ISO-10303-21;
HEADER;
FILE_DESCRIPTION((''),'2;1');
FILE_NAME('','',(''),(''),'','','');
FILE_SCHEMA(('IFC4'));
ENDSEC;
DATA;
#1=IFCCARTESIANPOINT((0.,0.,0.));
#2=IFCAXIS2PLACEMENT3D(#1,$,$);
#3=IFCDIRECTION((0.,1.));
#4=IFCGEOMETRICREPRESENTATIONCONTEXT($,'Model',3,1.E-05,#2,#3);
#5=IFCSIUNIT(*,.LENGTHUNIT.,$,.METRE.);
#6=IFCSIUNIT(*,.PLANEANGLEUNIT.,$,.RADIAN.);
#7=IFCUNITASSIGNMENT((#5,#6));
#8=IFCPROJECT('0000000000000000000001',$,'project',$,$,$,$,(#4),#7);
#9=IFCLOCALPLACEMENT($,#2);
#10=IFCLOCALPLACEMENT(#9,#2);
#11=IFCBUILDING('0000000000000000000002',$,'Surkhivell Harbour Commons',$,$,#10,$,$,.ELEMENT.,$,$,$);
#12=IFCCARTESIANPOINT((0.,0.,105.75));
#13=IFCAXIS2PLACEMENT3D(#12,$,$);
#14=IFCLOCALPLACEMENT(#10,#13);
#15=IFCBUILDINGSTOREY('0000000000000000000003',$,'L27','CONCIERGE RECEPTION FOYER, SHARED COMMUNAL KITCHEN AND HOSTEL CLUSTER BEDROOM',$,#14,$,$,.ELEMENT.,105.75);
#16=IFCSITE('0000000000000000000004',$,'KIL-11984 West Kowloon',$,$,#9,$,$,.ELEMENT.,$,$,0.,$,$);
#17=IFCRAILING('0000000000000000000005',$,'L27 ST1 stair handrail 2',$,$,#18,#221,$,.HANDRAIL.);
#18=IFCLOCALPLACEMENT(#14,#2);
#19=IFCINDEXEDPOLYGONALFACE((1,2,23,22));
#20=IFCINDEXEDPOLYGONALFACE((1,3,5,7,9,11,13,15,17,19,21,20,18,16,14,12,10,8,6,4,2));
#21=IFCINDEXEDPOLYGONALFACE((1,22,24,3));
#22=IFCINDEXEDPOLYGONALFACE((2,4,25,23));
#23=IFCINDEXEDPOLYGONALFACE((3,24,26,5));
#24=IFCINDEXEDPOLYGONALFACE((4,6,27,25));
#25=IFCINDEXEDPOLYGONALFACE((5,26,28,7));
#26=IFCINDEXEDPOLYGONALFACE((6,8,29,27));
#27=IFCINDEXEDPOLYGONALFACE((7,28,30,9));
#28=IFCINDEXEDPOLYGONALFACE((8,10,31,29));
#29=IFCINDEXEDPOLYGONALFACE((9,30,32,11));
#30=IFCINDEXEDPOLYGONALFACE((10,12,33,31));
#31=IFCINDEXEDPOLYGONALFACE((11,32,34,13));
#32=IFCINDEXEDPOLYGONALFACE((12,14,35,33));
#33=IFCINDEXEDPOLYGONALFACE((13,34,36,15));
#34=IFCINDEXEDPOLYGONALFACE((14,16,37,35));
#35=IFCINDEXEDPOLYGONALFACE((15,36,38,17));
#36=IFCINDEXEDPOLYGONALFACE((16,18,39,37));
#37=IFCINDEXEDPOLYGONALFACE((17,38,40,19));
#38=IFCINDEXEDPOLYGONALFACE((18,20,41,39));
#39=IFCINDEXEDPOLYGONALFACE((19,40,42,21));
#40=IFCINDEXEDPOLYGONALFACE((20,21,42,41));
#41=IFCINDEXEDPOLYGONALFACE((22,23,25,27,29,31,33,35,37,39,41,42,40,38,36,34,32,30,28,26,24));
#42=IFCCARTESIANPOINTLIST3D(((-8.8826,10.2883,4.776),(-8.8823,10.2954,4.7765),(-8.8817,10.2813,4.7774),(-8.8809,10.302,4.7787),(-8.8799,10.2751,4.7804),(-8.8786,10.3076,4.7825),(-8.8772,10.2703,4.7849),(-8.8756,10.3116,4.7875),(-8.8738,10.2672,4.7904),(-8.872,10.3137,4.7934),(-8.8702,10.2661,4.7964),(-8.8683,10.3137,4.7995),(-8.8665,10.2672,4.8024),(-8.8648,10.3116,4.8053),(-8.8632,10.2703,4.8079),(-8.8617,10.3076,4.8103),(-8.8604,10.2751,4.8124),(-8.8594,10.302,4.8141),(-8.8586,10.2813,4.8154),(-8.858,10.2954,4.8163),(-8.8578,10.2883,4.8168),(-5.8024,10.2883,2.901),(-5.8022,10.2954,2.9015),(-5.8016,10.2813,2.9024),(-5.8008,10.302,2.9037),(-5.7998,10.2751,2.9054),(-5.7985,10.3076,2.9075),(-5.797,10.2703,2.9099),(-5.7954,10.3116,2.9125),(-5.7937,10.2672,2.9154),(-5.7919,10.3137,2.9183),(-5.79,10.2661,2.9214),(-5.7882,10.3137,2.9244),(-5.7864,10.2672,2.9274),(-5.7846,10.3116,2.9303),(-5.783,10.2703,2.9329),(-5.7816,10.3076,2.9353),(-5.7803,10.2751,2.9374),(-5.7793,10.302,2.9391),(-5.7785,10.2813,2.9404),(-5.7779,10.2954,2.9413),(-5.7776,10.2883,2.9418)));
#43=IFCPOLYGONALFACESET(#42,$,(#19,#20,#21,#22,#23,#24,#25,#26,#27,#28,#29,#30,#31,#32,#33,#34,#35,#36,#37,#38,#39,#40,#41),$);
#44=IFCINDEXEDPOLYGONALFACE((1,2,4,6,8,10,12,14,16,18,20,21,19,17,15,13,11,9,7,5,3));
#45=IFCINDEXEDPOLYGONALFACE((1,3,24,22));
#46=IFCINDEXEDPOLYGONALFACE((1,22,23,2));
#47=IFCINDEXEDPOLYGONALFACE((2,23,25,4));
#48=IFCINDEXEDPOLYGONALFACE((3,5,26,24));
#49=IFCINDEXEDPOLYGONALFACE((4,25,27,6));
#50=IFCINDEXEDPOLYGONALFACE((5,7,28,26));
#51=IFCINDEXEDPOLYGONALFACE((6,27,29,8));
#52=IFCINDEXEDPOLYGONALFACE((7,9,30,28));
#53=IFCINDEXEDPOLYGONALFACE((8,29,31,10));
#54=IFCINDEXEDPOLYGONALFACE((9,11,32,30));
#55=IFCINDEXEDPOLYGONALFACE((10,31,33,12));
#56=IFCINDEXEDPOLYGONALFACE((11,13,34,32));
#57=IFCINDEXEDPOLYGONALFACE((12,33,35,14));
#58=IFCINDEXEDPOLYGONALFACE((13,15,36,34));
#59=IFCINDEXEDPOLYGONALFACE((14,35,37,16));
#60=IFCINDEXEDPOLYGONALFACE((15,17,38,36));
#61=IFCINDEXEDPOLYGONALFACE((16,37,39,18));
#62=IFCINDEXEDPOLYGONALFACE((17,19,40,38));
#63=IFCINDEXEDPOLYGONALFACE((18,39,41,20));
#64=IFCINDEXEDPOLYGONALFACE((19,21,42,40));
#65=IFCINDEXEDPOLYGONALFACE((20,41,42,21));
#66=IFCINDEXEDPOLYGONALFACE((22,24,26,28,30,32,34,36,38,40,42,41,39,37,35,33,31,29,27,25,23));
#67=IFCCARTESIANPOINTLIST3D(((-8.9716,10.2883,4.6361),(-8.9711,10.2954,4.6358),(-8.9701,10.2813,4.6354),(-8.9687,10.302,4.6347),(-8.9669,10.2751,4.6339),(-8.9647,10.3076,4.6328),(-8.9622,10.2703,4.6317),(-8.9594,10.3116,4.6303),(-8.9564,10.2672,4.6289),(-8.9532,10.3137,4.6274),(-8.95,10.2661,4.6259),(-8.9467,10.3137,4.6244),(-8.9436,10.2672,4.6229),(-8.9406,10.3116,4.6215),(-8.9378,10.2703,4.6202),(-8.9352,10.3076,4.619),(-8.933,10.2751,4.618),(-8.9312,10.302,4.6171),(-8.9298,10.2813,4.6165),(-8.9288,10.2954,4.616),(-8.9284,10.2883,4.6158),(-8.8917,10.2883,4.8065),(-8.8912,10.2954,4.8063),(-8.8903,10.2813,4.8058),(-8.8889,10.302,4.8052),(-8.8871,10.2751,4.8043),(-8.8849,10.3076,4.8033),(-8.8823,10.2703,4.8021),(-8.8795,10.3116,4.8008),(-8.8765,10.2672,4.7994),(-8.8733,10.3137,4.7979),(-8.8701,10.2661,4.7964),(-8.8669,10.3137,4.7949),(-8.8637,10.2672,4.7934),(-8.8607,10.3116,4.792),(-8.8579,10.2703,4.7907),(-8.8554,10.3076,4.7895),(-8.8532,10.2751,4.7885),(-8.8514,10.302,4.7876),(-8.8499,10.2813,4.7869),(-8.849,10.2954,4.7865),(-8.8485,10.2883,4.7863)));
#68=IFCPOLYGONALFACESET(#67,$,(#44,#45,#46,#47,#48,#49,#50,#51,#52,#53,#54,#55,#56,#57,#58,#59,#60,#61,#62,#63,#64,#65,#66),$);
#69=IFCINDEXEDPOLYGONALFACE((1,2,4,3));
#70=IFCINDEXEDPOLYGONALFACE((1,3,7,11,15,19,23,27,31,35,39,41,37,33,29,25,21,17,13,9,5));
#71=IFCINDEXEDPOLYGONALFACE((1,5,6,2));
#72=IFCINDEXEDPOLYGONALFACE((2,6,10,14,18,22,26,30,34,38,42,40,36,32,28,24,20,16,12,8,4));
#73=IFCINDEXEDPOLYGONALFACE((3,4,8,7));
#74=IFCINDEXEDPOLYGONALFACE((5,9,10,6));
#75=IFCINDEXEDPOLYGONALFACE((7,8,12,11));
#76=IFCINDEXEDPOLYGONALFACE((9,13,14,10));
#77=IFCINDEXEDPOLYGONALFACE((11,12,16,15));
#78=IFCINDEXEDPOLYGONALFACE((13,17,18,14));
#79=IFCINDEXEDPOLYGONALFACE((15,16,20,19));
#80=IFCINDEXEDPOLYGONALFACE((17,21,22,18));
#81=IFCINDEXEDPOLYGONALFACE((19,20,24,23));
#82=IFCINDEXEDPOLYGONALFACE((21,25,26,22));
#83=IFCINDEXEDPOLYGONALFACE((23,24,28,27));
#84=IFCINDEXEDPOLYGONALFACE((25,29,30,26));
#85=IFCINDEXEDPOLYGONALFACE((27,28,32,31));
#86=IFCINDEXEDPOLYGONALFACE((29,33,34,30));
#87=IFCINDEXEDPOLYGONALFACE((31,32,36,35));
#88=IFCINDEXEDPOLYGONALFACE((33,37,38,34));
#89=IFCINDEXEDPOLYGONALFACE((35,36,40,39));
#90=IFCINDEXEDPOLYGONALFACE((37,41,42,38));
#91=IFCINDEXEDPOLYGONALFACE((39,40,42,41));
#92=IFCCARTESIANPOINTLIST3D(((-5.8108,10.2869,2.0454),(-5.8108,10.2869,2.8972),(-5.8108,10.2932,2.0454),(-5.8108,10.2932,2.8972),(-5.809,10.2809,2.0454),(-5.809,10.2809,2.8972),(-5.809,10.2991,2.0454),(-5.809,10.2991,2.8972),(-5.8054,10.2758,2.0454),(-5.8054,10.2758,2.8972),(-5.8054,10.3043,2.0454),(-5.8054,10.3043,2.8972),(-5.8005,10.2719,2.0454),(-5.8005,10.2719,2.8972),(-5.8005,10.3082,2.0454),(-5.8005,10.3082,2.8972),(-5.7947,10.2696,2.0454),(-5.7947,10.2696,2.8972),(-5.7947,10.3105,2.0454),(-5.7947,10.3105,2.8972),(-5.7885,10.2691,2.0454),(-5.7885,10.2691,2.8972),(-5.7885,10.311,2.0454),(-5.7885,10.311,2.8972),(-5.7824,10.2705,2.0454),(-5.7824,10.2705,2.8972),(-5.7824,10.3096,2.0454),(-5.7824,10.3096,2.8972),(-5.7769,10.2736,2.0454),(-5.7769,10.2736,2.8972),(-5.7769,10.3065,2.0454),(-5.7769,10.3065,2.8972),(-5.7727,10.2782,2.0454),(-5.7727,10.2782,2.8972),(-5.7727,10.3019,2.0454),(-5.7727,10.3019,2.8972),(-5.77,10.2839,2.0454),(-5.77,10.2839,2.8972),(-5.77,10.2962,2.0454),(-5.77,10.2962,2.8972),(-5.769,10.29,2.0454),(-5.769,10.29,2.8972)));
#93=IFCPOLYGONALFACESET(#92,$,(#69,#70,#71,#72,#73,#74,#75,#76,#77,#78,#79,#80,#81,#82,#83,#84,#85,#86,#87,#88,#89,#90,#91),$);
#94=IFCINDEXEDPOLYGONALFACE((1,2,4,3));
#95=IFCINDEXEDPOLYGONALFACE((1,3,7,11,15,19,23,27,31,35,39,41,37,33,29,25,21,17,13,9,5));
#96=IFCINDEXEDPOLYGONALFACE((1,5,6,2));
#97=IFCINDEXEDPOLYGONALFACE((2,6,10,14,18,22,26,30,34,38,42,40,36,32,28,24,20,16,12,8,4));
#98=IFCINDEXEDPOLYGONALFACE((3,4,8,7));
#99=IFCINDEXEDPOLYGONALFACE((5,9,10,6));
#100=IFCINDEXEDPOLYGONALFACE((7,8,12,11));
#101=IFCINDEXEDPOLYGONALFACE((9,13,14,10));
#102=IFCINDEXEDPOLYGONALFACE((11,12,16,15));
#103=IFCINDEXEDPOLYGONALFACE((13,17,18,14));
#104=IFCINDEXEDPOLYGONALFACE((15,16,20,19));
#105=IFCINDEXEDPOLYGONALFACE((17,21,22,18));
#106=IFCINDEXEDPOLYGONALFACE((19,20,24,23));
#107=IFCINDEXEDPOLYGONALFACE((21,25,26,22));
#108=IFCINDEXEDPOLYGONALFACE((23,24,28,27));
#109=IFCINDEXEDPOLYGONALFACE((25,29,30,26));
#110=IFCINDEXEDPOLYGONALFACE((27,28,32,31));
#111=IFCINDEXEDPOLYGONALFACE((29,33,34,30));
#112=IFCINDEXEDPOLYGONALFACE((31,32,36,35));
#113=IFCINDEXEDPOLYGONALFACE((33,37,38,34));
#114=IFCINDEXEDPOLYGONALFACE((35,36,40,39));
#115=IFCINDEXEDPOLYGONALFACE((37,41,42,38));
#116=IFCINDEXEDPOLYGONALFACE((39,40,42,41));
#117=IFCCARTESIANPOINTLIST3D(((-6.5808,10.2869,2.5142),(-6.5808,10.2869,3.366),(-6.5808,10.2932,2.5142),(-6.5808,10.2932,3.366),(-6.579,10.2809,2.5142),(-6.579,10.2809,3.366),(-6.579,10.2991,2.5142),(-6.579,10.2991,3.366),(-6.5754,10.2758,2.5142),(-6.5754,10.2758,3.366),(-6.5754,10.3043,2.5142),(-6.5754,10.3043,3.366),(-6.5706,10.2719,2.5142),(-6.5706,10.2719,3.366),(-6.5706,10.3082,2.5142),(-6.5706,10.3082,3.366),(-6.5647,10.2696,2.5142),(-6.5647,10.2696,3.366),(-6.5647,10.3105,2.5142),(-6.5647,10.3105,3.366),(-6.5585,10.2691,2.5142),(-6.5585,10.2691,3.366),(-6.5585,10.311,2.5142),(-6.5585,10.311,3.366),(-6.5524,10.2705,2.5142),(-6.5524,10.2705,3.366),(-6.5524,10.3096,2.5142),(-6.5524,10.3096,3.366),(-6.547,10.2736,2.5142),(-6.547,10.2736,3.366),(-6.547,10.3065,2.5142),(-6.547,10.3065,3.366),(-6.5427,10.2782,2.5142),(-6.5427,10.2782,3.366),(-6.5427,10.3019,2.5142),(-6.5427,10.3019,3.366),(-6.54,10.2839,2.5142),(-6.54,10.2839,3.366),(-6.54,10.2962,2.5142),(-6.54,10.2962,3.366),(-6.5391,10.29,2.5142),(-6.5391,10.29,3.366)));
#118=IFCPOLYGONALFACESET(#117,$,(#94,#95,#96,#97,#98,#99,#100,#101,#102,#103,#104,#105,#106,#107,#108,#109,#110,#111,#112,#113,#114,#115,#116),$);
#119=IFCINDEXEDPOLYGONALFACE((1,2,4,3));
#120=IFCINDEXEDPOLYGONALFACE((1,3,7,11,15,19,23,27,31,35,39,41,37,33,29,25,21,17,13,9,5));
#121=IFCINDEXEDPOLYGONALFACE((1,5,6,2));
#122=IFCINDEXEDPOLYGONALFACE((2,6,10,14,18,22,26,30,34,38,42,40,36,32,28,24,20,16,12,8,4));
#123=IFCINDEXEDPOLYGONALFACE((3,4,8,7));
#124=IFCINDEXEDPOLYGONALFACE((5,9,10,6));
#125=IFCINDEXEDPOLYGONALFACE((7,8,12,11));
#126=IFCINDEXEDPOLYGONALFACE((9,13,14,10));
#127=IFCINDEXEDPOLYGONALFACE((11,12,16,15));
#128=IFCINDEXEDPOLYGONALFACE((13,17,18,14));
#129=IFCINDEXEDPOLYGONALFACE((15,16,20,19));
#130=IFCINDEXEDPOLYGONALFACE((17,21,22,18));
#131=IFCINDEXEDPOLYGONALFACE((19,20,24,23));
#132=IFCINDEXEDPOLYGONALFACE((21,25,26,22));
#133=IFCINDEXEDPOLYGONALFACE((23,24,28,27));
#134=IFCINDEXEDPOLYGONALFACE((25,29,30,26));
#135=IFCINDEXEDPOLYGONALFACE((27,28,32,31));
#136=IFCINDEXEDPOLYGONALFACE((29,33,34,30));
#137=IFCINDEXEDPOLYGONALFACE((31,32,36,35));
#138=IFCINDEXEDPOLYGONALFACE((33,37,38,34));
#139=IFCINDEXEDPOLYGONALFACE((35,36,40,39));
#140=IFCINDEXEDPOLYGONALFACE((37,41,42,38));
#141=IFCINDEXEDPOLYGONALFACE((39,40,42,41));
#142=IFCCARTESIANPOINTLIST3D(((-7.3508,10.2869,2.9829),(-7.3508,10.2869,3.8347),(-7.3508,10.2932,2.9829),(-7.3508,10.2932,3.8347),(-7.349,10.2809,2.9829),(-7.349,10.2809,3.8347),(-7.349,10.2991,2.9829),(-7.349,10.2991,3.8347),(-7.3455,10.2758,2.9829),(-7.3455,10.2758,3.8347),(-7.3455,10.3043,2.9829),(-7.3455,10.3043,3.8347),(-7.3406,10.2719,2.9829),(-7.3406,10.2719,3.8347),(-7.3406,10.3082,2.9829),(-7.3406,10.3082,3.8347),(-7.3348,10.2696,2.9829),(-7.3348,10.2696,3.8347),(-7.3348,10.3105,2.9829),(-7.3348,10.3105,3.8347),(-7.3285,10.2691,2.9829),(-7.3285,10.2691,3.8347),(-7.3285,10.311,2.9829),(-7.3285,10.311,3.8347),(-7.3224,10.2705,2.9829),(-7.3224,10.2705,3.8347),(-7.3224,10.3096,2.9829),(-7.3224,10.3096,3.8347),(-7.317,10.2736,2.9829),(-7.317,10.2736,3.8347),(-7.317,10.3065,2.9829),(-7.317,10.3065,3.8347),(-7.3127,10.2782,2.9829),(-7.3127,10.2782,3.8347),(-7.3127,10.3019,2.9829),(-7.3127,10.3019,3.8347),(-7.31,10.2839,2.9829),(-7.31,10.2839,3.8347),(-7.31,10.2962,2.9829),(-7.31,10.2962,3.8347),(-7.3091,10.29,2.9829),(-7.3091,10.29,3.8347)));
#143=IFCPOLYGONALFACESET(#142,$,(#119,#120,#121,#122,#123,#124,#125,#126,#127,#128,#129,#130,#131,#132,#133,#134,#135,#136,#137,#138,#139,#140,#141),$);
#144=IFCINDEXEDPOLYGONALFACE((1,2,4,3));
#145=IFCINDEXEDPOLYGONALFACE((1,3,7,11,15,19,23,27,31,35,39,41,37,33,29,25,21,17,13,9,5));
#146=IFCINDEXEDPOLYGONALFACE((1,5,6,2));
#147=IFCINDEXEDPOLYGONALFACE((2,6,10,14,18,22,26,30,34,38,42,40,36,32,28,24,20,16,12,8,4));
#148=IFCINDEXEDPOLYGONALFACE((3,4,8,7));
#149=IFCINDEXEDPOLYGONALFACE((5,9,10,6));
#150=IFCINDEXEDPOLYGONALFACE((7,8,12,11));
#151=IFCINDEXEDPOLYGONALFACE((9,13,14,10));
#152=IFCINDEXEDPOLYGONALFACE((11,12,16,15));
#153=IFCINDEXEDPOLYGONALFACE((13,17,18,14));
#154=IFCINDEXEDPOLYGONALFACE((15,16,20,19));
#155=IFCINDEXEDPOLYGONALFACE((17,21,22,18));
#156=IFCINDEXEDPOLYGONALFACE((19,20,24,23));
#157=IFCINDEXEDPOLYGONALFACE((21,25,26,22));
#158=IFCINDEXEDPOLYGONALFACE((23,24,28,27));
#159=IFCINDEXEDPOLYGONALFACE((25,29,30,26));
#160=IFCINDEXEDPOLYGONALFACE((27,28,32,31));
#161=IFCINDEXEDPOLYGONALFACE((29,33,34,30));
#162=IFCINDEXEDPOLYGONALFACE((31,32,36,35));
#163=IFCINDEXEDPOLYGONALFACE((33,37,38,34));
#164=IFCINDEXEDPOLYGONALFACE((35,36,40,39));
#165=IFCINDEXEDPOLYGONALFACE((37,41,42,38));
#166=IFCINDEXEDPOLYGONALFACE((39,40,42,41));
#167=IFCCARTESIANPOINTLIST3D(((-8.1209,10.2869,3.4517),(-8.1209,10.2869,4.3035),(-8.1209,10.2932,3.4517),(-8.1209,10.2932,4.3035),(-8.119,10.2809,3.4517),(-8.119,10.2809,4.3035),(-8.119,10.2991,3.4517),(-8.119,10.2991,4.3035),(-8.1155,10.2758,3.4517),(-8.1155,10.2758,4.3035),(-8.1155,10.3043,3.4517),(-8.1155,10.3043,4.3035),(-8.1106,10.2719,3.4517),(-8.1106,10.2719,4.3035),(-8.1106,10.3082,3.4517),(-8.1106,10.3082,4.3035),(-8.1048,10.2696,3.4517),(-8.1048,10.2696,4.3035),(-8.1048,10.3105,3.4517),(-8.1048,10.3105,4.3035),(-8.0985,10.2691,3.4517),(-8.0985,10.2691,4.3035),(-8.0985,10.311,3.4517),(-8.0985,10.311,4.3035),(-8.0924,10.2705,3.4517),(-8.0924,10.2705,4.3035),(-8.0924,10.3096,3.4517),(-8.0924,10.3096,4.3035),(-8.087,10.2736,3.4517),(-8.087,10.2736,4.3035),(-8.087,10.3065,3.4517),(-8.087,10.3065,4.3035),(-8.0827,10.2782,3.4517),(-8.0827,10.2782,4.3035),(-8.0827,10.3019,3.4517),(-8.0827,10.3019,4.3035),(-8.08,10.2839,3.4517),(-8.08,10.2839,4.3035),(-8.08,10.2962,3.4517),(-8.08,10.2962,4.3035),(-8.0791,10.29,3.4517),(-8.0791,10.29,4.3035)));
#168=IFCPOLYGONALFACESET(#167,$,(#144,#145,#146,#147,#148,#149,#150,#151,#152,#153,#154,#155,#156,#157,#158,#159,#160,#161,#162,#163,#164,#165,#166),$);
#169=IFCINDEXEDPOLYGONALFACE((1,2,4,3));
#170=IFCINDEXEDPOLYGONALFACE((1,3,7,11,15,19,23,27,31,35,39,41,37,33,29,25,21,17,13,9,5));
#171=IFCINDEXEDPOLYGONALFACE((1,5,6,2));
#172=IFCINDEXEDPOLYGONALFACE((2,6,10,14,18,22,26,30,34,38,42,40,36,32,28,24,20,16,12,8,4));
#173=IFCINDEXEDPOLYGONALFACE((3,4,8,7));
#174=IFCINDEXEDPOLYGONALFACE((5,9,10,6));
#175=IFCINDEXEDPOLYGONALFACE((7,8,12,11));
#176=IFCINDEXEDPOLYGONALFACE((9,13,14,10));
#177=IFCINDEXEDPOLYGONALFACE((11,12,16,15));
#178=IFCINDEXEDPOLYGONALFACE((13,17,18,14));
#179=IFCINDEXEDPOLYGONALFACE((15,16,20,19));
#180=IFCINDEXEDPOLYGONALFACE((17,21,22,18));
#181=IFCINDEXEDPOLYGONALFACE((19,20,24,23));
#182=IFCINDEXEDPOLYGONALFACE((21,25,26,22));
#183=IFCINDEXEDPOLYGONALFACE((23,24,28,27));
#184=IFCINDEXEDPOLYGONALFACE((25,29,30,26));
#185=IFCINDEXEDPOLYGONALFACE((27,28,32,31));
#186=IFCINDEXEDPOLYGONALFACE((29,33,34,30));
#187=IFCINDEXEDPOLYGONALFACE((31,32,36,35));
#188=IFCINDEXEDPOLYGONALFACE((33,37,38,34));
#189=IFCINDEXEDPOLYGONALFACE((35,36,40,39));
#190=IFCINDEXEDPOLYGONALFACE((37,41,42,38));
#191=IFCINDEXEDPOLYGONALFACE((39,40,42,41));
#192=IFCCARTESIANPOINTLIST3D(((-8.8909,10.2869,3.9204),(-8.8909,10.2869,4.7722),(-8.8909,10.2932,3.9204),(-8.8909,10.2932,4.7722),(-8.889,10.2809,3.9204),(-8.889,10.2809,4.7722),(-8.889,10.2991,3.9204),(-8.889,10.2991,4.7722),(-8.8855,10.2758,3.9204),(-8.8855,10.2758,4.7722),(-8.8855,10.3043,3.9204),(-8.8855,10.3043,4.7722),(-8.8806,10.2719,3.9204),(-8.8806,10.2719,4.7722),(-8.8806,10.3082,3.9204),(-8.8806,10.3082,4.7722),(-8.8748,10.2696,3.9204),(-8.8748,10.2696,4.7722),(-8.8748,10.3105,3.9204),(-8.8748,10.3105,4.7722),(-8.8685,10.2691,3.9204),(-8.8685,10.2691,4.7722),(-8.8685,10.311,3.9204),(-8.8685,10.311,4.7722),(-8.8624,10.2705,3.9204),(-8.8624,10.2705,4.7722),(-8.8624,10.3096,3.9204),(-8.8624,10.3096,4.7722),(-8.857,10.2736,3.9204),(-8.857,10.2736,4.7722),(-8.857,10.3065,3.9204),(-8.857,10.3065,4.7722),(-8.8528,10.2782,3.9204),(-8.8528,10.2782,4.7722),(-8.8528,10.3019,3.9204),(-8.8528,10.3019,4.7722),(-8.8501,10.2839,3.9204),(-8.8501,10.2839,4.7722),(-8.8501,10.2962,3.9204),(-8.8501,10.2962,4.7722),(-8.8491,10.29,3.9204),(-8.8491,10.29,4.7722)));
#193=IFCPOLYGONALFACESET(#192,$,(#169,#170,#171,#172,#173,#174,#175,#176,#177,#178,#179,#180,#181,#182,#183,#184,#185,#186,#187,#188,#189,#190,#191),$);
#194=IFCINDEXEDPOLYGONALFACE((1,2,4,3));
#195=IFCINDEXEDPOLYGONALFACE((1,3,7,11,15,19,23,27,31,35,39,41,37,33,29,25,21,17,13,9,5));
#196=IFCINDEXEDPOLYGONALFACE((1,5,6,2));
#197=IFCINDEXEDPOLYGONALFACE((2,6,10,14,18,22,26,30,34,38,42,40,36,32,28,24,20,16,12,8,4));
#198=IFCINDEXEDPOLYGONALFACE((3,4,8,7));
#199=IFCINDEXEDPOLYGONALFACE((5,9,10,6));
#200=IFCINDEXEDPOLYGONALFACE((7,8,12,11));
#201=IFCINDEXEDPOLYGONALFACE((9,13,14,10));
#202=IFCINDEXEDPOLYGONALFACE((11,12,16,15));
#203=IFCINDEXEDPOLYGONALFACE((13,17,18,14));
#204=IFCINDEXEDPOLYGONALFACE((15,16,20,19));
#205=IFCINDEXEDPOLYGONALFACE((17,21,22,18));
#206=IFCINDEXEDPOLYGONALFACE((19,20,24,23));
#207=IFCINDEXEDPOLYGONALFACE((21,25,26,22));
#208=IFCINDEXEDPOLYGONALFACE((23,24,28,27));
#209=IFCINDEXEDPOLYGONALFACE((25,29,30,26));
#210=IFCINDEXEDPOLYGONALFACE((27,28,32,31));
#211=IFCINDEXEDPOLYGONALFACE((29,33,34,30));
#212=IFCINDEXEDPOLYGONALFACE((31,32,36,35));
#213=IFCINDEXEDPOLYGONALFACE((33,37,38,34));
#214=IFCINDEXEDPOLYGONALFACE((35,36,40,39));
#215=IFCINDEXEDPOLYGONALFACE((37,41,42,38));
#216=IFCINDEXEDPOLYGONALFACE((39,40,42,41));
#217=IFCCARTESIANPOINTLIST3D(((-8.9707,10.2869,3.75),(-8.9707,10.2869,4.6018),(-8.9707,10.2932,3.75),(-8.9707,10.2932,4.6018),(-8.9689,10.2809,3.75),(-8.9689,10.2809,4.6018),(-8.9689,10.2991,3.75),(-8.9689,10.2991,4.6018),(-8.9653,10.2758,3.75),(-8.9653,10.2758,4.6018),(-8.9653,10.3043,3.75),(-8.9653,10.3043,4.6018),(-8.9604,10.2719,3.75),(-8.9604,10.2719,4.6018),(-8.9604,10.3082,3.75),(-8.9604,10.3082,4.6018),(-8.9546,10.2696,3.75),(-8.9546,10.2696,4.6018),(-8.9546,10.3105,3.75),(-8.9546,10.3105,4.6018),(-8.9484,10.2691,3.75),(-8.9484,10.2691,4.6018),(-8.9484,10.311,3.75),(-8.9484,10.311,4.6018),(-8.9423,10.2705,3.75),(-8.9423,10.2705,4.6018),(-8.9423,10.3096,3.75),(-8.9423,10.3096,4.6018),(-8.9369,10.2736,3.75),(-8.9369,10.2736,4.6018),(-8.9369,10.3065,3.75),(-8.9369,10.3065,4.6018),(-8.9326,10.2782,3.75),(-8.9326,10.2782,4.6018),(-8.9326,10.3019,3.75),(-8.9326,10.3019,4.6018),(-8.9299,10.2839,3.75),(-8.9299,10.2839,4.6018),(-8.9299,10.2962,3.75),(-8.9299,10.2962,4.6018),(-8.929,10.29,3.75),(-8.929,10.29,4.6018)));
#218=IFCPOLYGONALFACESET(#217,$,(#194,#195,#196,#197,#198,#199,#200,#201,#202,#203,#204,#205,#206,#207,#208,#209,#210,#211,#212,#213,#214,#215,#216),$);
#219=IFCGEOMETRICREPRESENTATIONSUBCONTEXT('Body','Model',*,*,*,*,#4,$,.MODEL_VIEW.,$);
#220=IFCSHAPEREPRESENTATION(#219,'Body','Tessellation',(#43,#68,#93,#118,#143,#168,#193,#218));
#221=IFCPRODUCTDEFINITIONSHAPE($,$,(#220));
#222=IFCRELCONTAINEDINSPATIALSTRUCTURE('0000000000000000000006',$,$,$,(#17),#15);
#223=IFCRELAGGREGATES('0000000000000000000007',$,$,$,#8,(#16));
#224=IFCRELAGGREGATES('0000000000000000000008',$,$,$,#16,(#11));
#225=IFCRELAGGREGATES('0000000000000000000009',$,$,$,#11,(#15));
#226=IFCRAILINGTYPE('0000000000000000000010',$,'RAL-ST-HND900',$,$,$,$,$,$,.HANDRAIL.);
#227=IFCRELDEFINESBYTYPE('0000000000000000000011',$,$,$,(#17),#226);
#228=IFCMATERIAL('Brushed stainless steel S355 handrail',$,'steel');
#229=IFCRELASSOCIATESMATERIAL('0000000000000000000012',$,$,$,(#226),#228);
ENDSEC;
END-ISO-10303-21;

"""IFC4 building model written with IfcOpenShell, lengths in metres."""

from ifc_helpers import new_model, si_unit, direction, frame, origin, origin_2d, place, context, subcontext, project, spatial, circle, extrude, material, type_object, element, save


model = new_model("IFC4")

# Units and contexts
model_context = context("Model", 3, precision=1e-05, world=origin(), true_north=direction((0.0, 1.0)))
body_context = subcontext(model_context, "Body", "Model", "MODEL_VIEW")
ifc_project = project(units=[si_unit("LENGTHUNIT", "METRE"), si_unit("PLANEANGLEUNIT", "RADIAN")], contexts=[model_context])

# Site, building, storey
site_placement = place(None, origin())
site = spatial("IfcSite", under=ifc_project, at=site_placement, Name="KIL-11984 West Kowloon", CompositionType="ELEMENT", RefElevation=0.0)
building_placement = place(site_placement, origin())
building = spatial("IfcBuilding", under=site, at=building_placement, Name="Surkhivell Harbour Commons", CompositionType="ELEMENT")
storey_placement = place(building_placement, frame((0.0, 0.0, 105.75)))
storey = spatial("IfcBuildingStorey", under=building, at=storey_placement, Name="L27", Description="CONCIERGE RECEPTION FOYER, SHARED COMMUNAL KITCHEN AND HOSTEL CLUSTER BEDROOM", CompositionType="ELEMENT", Elevation=105.75)

# Railing
ifc_material_1 = material(Name="Brushed stainless steel S355 handrail", Category="steel")
railing_type_1 = type_object("IfcRailingType", Name="RAL-ST-HND900", PredefinedType="HANDRAIL", material=ifc_material_1)
railing_1_placement = place(storey_placement, frame((-5.79, 10.29, 2.0454)))
element("IfcRailing", 1, at=railing_1_placement, inside=storey, type_object=railing_type_1, Name="L27 ST1 stair handrail 2", PredefinedType="HANDRAIL", context=body_context, shape_type="SweptSolid", body=[
    extrude(circle(Radius=0.0239, at=origin_2d()), frame((0.0, 0.0, 0.876), z_axis=(-0.854178, 0.0, 0.519981), x_axis=(0.0, -1.0, 0.0)), (0.0, 0.0, 1.0), 3.606),
    extrude(circle(Radius=0.0239, at=origin_2d()), frame((-3.0801, 0.0, 2.751), z_axis=(-0.424234, 0.0, -0.905552), x_axis=(0.0, -1.0, 0.0)), (0.0, 0.0, 1.0), 0.1882),
    extrude(circle(Radius=0.021, at=origin_2d()), origin(), (0.0, 0.0, 1.0), 0.8518),
    extrude(circle(Radius=0.021, at=origin_2d()), frame((-0.77, 0.0, 0.4688)), (0.0, 0.0, 1.0), 0.8518),
    extrude(circle(Radius=0.021, at=origin_2d()), frame((-1.54, 0.0, 0.9375)), (0.0, 0.0, 1.0), 0.8518),
    extrude(circle(Radius=0.021, at=origin_2d()), frame((-2.3101, 0.0, 1.4062)), (0.0, 0.0, 1.0), 0.8518),
    extrude(circle(Radius=0.021, at=origin_2d()), frame((-3.0801, 0.0, 1.875)), (0.0, 0.0, 1.0), 0.8518),
    extrude(circle(Radius=0.021, at=origin_2d()), frame((-3.1599, 0.0, 1.7046)), (0.0, 0.0, 1.0), 0.8518),
])

save(model, "model.ifc")
